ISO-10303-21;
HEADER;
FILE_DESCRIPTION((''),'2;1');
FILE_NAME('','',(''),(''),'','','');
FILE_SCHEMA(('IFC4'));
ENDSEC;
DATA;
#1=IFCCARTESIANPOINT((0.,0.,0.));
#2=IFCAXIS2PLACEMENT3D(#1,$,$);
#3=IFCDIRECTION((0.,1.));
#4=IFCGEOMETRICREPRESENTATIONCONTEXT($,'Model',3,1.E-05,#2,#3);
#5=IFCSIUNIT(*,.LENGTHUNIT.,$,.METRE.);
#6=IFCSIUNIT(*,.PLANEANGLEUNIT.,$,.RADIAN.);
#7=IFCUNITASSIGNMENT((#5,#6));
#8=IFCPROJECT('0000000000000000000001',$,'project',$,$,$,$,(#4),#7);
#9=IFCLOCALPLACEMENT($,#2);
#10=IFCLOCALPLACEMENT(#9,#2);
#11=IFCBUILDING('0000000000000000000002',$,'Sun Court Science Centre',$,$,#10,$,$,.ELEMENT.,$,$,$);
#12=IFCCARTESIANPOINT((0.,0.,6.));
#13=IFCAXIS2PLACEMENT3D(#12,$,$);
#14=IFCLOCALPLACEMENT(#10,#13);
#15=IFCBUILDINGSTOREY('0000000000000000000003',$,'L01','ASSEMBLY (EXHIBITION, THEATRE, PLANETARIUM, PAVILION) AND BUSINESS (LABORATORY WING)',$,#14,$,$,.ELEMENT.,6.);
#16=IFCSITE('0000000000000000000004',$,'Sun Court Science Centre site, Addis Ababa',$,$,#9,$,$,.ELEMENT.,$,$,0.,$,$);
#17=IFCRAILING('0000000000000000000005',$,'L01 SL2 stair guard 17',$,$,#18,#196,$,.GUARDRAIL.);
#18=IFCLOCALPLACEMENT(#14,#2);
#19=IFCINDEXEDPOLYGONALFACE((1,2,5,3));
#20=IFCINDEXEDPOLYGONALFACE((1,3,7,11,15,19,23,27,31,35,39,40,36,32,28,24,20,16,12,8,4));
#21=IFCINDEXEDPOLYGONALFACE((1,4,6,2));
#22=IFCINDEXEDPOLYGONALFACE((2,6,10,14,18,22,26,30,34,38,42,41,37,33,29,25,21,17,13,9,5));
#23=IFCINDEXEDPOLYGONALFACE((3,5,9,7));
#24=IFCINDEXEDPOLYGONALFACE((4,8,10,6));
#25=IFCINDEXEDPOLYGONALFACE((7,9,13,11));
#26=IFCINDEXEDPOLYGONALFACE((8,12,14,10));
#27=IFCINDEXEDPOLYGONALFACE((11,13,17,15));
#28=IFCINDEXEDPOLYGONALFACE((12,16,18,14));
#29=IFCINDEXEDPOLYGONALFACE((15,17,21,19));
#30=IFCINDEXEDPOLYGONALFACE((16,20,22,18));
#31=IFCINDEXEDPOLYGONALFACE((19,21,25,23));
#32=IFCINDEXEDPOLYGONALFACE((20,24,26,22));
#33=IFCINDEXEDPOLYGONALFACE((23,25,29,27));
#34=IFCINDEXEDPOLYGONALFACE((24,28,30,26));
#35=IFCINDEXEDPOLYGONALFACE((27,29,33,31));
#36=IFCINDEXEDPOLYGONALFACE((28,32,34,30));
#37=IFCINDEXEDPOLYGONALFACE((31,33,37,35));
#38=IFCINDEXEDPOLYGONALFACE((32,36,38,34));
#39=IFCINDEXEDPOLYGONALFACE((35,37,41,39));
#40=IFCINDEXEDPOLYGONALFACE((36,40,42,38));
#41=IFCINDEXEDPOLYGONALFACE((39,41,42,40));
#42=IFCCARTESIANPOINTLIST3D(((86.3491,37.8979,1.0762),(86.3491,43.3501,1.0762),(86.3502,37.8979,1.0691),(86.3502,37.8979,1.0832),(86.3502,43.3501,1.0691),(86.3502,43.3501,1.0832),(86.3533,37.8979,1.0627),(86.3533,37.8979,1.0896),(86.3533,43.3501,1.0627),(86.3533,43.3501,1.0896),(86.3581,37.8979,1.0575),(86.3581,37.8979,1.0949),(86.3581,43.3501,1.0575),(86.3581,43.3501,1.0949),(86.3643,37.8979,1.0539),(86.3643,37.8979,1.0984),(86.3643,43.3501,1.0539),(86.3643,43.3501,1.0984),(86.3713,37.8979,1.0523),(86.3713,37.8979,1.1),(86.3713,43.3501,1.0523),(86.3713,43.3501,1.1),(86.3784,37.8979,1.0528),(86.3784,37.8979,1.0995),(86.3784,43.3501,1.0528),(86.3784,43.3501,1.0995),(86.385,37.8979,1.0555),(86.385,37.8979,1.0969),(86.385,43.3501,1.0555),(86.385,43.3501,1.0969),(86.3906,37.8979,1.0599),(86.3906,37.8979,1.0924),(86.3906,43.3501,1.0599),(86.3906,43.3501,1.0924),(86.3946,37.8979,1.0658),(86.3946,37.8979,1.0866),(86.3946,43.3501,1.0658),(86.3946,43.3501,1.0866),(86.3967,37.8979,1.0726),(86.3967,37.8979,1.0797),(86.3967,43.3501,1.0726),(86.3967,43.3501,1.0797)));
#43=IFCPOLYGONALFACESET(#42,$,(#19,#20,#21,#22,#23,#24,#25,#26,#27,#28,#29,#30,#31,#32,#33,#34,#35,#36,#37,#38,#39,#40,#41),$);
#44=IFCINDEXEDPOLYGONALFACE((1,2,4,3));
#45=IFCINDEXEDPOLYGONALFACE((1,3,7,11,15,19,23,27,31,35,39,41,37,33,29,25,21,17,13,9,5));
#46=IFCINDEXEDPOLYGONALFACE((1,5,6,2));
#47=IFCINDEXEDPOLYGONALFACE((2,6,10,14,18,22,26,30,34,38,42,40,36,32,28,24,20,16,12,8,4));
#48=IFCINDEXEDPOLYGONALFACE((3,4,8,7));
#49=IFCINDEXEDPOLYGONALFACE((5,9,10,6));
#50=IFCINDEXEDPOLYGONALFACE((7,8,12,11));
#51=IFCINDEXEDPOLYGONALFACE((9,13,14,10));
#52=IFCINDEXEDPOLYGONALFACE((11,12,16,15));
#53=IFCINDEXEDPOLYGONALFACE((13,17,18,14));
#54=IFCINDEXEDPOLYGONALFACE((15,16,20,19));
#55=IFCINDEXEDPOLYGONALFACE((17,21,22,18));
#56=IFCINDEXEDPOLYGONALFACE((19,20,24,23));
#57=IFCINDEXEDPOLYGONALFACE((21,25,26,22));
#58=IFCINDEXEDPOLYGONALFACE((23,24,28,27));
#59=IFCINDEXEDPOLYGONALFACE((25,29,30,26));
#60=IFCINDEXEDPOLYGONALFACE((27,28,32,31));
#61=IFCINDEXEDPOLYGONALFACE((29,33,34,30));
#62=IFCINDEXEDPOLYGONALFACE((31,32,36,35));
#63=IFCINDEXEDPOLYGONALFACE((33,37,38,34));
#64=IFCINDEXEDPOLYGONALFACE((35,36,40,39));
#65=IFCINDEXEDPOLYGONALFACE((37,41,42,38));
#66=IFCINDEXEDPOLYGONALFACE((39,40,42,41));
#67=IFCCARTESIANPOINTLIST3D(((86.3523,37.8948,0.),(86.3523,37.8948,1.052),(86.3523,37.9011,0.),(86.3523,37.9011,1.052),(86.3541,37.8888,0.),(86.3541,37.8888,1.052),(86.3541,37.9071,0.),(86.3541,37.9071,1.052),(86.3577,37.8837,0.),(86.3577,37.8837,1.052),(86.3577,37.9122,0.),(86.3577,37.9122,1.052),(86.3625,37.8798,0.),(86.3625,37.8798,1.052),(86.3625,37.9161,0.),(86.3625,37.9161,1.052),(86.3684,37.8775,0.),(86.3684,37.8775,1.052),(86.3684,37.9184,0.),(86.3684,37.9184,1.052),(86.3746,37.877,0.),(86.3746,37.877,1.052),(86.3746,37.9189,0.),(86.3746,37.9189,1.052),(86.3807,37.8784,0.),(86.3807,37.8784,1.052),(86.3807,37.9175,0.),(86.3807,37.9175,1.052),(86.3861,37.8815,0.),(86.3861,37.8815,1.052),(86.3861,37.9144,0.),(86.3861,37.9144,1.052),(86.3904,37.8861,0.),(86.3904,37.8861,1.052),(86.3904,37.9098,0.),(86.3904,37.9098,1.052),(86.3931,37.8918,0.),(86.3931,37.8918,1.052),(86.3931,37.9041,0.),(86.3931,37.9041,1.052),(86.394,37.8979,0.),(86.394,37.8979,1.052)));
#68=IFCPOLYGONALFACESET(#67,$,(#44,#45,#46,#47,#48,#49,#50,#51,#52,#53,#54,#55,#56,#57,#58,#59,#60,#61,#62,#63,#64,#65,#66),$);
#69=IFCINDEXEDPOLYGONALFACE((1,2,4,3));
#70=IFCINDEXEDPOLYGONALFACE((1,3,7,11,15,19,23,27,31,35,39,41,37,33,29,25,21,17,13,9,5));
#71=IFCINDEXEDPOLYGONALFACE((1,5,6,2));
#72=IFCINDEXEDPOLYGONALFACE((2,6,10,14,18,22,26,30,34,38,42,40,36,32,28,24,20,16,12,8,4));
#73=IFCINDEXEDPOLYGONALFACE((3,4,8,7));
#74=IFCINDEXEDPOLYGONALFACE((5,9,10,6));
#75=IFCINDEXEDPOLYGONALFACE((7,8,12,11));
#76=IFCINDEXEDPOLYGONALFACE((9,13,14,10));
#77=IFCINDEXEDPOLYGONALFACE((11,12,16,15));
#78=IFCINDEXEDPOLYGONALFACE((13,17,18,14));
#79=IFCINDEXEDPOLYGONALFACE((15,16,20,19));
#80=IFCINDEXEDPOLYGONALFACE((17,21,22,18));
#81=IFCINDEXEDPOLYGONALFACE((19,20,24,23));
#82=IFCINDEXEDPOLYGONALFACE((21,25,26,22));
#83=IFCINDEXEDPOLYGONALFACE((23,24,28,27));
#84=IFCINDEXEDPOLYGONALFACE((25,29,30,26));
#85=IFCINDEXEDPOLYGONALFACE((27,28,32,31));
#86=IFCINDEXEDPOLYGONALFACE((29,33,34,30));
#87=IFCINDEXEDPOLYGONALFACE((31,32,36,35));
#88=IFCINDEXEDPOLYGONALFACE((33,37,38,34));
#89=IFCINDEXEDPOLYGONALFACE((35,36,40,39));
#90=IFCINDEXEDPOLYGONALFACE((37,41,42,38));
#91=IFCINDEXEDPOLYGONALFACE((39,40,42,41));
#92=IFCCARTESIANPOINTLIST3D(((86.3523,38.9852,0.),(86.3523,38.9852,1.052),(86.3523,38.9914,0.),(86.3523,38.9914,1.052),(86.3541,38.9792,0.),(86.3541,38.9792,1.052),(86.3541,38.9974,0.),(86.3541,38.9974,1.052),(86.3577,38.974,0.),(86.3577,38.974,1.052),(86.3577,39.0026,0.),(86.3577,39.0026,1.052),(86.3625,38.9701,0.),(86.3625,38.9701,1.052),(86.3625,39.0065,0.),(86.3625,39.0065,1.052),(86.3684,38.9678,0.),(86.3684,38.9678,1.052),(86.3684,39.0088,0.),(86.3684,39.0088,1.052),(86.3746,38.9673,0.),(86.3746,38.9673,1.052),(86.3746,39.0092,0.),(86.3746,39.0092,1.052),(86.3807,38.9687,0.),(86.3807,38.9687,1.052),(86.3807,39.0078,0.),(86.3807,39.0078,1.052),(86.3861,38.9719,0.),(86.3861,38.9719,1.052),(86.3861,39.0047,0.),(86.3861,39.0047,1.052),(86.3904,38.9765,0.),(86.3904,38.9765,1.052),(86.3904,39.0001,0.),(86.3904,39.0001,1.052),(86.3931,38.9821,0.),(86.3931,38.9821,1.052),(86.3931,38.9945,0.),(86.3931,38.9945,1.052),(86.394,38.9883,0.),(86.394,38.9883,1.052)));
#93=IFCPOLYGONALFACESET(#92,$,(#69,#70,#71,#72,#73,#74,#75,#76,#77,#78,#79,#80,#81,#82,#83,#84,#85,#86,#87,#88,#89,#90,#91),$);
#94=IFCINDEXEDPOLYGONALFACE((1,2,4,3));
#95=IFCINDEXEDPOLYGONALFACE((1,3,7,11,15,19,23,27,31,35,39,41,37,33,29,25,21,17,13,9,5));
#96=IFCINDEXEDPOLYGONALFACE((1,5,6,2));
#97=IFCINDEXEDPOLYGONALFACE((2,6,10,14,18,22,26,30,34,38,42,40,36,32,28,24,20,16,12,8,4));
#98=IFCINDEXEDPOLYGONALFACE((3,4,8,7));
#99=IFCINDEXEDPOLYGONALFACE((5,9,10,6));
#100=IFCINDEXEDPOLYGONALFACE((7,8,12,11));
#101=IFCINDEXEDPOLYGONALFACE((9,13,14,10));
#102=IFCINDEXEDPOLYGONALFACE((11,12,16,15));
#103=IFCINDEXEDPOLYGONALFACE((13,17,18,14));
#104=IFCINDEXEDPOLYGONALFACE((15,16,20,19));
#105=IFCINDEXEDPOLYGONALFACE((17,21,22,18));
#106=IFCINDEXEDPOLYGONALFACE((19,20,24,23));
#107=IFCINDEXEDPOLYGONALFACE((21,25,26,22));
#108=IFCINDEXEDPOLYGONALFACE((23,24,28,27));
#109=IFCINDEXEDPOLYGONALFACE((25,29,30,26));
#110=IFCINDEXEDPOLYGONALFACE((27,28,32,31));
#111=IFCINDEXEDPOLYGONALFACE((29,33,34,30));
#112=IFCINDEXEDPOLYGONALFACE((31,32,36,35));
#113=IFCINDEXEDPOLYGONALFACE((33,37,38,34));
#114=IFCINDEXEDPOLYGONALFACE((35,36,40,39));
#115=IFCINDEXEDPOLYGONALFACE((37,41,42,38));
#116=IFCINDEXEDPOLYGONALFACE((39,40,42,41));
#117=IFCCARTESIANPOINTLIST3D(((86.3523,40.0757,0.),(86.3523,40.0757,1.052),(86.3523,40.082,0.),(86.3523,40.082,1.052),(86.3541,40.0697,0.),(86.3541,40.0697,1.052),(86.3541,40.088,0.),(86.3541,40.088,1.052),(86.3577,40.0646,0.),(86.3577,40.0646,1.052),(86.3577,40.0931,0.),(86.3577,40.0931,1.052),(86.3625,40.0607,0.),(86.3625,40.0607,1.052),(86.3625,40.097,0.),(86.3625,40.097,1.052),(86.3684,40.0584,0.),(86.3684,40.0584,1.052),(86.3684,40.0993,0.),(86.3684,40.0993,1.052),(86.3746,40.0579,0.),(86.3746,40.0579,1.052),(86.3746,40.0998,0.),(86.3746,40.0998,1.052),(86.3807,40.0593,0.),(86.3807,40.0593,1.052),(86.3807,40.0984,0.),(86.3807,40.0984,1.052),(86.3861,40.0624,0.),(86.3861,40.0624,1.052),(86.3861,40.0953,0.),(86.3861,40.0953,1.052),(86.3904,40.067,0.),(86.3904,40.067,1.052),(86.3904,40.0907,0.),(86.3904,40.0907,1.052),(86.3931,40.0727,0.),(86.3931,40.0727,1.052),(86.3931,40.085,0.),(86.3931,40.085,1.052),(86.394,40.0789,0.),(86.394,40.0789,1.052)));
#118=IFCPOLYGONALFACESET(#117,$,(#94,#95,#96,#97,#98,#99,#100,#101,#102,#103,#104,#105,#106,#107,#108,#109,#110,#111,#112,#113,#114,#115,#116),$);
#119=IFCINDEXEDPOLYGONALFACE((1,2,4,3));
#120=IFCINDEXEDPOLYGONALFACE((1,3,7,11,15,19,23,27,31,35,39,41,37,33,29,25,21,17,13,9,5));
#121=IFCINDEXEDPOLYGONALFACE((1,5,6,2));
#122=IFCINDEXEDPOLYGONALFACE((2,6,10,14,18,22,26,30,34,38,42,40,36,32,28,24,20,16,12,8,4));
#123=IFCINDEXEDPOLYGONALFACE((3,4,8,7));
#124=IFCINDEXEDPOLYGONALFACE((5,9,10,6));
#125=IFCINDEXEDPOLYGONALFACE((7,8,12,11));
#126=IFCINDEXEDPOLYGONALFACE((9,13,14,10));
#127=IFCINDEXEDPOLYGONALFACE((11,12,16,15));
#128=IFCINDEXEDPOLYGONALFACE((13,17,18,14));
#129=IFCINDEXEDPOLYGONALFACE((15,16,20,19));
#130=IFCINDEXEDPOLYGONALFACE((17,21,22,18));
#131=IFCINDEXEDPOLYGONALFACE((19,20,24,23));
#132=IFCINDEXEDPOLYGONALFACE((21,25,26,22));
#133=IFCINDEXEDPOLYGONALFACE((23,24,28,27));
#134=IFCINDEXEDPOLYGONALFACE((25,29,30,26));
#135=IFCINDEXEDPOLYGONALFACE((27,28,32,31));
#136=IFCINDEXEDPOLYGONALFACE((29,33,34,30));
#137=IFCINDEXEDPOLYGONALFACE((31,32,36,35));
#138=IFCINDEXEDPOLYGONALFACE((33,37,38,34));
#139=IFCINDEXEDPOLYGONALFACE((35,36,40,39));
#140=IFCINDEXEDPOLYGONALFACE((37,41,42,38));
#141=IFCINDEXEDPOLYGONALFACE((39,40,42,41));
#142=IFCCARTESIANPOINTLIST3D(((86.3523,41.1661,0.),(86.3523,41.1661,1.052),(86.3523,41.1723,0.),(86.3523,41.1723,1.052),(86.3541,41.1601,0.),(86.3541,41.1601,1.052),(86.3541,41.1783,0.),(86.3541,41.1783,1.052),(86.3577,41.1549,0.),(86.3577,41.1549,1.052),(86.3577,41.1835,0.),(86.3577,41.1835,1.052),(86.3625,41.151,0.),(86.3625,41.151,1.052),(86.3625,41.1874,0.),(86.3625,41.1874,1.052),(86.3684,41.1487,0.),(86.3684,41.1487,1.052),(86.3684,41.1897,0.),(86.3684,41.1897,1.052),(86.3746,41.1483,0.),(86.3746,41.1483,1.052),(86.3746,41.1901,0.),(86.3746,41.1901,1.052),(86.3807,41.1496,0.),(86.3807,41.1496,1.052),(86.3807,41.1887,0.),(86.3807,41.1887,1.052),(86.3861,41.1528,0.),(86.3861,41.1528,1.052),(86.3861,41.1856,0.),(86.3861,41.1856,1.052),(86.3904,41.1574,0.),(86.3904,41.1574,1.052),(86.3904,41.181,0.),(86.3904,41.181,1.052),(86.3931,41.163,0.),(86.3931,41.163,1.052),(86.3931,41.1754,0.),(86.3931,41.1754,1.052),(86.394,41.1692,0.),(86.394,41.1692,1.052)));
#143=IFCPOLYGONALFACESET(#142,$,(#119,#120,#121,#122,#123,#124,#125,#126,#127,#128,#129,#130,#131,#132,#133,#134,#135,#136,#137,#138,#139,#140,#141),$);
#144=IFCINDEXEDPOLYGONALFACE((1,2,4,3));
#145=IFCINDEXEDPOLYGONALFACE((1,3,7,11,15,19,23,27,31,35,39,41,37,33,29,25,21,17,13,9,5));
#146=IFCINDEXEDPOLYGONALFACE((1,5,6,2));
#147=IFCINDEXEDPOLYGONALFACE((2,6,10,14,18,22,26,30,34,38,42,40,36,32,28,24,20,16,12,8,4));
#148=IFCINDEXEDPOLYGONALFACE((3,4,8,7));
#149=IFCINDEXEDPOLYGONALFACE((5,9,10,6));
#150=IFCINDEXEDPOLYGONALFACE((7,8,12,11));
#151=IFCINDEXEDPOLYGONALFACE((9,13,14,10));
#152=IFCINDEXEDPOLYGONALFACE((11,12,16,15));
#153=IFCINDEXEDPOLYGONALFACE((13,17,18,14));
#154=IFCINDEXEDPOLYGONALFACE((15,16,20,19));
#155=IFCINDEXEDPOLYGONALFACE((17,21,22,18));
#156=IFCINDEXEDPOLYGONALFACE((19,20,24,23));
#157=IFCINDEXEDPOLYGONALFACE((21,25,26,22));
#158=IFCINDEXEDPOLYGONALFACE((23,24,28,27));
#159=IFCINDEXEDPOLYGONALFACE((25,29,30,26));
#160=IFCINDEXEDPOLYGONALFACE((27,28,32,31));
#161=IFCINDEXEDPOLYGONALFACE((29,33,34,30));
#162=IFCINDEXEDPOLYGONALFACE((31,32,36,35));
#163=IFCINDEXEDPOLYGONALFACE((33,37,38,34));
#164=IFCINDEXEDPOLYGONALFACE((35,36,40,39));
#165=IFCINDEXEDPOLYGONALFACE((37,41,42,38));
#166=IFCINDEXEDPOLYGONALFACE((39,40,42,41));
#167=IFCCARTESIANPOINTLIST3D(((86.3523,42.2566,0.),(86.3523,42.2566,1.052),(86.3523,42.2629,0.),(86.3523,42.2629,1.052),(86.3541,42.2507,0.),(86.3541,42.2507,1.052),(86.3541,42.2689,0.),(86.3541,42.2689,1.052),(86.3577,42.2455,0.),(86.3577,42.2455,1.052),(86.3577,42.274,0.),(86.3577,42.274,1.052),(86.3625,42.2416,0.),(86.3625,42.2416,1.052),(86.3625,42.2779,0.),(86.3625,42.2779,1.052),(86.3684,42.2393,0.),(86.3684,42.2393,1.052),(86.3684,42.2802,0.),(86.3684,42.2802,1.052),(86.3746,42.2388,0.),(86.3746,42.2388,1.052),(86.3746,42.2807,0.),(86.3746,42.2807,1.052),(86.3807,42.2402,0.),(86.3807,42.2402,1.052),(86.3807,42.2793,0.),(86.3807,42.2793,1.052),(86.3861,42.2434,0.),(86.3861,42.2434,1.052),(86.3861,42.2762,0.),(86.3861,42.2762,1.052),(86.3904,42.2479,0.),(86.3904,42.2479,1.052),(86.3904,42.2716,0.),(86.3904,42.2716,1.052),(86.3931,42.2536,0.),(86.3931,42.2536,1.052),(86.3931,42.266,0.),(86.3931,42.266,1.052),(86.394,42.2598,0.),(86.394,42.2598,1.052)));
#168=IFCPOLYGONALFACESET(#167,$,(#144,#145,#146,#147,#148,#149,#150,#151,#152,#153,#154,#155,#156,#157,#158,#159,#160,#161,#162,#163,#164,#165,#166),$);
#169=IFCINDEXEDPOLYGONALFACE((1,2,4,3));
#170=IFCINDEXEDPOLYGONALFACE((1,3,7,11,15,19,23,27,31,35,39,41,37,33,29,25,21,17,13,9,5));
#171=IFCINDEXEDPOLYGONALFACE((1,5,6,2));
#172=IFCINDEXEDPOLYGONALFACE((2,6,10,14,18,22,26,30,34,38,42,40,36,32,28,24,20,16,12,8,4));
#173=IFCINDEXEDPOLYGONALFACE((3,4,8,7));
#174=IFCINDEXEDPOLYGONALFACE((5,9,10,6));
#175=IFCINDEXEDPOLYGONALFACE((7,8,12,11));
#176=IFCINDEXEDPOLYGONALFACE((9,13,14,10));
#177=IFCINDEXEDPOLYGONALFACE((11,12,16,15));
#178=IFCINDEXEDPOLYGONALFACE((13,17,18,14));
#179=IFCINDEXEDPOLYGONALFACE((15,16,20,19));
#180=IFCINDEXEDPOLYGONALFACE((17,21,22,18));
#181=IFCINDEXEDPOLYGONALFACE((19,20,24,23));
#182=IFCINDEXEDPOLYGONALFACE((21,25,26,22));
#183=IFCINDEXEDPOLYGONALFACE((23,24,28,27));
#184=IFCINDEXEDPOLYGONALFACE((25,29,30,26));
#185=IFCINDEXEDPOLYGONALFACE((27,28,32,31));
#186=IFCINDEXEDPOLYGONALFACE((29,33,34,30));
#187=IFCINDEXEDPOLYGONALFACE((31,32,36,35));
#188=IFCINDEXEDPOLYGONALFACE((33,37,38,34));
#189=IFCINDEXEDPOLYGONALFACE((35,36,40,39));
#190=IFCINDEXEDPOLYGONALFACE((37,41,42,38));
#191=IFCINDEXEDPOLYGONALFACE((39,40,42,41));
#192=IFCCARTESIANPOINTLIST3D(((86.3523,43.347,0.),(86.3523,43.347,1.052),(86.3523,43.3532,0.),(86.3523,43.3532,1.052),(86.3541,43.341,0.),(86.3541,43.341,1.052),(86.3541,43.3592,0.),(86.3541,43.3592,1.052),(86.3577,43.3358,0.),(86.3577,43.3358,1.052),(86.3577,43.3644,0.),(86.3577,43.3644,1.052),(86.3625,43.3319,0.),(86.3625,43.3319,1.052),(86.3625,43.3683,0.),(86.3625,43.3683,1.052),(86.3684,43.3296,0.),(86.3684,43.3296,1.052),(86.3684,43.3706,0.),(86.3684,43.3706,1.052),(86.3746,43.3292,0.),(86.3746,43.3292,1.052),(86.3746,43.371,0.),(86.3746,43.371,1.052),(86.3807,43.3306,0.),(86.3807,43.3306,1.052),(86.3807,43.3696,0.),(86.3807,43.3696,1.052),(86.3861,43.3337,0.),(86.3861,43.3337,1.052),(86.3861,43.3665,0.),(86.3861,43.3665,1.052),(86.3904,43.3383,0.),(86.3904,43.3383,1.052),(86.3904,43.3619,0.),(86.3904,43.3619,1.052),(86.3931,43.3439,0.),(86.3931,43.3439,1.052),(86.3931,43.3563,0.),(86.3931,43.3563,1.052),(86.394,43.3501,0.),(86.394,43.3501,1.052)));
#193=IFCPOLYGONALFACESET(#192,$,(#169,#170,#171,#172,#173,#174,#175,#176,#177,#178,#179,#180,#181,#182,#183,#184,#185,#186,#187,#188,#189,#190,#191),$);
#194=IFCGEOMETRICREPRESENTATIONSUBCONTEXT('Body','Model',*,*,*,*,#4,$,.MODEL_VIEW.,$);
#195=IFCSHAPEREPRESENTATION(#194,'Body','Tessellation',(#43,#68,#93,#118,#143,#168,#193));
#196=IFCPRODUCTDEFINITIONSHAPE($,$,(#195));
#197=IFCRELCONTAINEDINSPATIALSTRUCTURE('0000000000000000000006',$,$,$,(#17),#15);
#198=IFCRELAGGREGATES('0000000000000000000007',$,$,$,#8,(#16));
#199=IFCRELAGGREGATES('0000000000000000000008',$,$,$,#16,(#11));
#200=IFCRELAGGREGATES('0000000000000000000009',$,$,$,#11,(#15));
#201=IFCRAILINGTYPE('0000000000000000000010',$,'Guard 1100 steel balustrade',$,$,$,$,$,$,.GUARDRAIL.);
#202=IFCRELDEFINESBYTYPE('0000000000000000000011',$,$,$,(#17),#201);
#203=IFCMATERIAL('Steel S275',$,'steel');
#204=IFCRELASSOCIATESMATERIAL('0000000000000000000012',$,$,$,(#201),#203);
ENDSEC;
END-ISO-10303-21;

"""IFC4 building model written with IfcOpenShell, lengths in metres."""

from ifc_helpers import new_model, si_unit, direction, frame, origin, origin_2d, place, context, subcontext, project, spatial, circle, extrude, material, type_object, element, save


model = new_model("IFC4")

# Units and contexts
model_context = context("Model", 3, precision=1e-05, world=origin(), true_north=direction((0.0, 1.0)))
body_context = subcontext(model_context, "Body", "Model", "MODEL_VIEW")
ifc_project = project(units=[si_unit("LENGTHUNIT", "METRE"), si_unit("PLANEANGLEUNIT", "RADIAN")], contexts=[model_context])

# Site, building, storey
site_placement = place(None, origin())
site = spatial("IfcSite", under=ifc_project, at=site_placement, Name="Sun Court Science Centre site, Addis Ababa", CompositionType="ELEMENT", RefElevation=0.0)
building_placement = place(site_placement, origin())
building = spatial("IfcBuilding", under=site, at=building_placement, Name="Sun Court Science Centre", CompositionType="ELEMENT")
storey_placement = place(building_placement, frame((0.0, 0.0, 6.0)))
storey = spatial("IfcBuildingStorey", under=building, at=storey_placement, Name="L01", Description="ASSEMBLY (EXHIBITION, THEATRE, PLANETARIUM, PAVILION) AND BUSINESS (LABORATORY WING)", CompositionType="ELEMENT", Elevation=6.0)

# Railing
ifc_material_1 = material(Name="Steel S275", Category="steel")
railing_type = type_object("IfcRailingType", Name="Guard 1100 steel balustrade", PredefinedType="GUARDRAIL", material=ifc_material_1)
railing_1_placement = place(storey_placement, frame((86.373, 37.8979, 0.0)))
element("IfcRailing", 1, at=railing_1_placement, inside=storey, type_object=railing_type, Name="L01 SL2 stair guard 17", PredefinedType="GUARDRAIL", context=body_context, shape_type="SweptSolid", body=[
    extrude(circle(Radius=0.0239, at=origin_2d()), frame((0.0, 0.0, 1.0762), z_axis=(0.0, 1.0, 0.0), x_axis=(-1.0, 0.0, 0.0)), (0.0, 0.0, 1.0), 5.4521),
    extrude(circle(Radius=0.021, at=origin_2d()), origin(), (0.0, 0.0, 1.0), 1.052),
    extrude(circle(Radius=0.021, at=origin_2d()), frame((0.0, 1.0903, 0.0)), (0.0, 0.0, 1.0), 1.052),
    extrude(circle(Radius=0.021, at=origin_2d()), frame((0.0, 2.1809, 0.0)), (0.0, 0.0, 1.0), 1.052),
    extrude(circle(Radius=0.021, at=origin_2d()), frame((0.0, 3.2712, 0.0)), (0.0, 0.0, 1.0), 1.052),
    extrude(circle(Radius=0.021, at=origin_2d()), frame((0.0, 4.3618, 0.0)), (0.0, 0.0, 1.0), 1.052),
    extrude(circle(Radius=0.021, at=origin_2d()), frame((0.0, 5.4521, 0.0)), (0.0, 0.0, 1.0), 1.052),
])

save(model, "model.ifc")
